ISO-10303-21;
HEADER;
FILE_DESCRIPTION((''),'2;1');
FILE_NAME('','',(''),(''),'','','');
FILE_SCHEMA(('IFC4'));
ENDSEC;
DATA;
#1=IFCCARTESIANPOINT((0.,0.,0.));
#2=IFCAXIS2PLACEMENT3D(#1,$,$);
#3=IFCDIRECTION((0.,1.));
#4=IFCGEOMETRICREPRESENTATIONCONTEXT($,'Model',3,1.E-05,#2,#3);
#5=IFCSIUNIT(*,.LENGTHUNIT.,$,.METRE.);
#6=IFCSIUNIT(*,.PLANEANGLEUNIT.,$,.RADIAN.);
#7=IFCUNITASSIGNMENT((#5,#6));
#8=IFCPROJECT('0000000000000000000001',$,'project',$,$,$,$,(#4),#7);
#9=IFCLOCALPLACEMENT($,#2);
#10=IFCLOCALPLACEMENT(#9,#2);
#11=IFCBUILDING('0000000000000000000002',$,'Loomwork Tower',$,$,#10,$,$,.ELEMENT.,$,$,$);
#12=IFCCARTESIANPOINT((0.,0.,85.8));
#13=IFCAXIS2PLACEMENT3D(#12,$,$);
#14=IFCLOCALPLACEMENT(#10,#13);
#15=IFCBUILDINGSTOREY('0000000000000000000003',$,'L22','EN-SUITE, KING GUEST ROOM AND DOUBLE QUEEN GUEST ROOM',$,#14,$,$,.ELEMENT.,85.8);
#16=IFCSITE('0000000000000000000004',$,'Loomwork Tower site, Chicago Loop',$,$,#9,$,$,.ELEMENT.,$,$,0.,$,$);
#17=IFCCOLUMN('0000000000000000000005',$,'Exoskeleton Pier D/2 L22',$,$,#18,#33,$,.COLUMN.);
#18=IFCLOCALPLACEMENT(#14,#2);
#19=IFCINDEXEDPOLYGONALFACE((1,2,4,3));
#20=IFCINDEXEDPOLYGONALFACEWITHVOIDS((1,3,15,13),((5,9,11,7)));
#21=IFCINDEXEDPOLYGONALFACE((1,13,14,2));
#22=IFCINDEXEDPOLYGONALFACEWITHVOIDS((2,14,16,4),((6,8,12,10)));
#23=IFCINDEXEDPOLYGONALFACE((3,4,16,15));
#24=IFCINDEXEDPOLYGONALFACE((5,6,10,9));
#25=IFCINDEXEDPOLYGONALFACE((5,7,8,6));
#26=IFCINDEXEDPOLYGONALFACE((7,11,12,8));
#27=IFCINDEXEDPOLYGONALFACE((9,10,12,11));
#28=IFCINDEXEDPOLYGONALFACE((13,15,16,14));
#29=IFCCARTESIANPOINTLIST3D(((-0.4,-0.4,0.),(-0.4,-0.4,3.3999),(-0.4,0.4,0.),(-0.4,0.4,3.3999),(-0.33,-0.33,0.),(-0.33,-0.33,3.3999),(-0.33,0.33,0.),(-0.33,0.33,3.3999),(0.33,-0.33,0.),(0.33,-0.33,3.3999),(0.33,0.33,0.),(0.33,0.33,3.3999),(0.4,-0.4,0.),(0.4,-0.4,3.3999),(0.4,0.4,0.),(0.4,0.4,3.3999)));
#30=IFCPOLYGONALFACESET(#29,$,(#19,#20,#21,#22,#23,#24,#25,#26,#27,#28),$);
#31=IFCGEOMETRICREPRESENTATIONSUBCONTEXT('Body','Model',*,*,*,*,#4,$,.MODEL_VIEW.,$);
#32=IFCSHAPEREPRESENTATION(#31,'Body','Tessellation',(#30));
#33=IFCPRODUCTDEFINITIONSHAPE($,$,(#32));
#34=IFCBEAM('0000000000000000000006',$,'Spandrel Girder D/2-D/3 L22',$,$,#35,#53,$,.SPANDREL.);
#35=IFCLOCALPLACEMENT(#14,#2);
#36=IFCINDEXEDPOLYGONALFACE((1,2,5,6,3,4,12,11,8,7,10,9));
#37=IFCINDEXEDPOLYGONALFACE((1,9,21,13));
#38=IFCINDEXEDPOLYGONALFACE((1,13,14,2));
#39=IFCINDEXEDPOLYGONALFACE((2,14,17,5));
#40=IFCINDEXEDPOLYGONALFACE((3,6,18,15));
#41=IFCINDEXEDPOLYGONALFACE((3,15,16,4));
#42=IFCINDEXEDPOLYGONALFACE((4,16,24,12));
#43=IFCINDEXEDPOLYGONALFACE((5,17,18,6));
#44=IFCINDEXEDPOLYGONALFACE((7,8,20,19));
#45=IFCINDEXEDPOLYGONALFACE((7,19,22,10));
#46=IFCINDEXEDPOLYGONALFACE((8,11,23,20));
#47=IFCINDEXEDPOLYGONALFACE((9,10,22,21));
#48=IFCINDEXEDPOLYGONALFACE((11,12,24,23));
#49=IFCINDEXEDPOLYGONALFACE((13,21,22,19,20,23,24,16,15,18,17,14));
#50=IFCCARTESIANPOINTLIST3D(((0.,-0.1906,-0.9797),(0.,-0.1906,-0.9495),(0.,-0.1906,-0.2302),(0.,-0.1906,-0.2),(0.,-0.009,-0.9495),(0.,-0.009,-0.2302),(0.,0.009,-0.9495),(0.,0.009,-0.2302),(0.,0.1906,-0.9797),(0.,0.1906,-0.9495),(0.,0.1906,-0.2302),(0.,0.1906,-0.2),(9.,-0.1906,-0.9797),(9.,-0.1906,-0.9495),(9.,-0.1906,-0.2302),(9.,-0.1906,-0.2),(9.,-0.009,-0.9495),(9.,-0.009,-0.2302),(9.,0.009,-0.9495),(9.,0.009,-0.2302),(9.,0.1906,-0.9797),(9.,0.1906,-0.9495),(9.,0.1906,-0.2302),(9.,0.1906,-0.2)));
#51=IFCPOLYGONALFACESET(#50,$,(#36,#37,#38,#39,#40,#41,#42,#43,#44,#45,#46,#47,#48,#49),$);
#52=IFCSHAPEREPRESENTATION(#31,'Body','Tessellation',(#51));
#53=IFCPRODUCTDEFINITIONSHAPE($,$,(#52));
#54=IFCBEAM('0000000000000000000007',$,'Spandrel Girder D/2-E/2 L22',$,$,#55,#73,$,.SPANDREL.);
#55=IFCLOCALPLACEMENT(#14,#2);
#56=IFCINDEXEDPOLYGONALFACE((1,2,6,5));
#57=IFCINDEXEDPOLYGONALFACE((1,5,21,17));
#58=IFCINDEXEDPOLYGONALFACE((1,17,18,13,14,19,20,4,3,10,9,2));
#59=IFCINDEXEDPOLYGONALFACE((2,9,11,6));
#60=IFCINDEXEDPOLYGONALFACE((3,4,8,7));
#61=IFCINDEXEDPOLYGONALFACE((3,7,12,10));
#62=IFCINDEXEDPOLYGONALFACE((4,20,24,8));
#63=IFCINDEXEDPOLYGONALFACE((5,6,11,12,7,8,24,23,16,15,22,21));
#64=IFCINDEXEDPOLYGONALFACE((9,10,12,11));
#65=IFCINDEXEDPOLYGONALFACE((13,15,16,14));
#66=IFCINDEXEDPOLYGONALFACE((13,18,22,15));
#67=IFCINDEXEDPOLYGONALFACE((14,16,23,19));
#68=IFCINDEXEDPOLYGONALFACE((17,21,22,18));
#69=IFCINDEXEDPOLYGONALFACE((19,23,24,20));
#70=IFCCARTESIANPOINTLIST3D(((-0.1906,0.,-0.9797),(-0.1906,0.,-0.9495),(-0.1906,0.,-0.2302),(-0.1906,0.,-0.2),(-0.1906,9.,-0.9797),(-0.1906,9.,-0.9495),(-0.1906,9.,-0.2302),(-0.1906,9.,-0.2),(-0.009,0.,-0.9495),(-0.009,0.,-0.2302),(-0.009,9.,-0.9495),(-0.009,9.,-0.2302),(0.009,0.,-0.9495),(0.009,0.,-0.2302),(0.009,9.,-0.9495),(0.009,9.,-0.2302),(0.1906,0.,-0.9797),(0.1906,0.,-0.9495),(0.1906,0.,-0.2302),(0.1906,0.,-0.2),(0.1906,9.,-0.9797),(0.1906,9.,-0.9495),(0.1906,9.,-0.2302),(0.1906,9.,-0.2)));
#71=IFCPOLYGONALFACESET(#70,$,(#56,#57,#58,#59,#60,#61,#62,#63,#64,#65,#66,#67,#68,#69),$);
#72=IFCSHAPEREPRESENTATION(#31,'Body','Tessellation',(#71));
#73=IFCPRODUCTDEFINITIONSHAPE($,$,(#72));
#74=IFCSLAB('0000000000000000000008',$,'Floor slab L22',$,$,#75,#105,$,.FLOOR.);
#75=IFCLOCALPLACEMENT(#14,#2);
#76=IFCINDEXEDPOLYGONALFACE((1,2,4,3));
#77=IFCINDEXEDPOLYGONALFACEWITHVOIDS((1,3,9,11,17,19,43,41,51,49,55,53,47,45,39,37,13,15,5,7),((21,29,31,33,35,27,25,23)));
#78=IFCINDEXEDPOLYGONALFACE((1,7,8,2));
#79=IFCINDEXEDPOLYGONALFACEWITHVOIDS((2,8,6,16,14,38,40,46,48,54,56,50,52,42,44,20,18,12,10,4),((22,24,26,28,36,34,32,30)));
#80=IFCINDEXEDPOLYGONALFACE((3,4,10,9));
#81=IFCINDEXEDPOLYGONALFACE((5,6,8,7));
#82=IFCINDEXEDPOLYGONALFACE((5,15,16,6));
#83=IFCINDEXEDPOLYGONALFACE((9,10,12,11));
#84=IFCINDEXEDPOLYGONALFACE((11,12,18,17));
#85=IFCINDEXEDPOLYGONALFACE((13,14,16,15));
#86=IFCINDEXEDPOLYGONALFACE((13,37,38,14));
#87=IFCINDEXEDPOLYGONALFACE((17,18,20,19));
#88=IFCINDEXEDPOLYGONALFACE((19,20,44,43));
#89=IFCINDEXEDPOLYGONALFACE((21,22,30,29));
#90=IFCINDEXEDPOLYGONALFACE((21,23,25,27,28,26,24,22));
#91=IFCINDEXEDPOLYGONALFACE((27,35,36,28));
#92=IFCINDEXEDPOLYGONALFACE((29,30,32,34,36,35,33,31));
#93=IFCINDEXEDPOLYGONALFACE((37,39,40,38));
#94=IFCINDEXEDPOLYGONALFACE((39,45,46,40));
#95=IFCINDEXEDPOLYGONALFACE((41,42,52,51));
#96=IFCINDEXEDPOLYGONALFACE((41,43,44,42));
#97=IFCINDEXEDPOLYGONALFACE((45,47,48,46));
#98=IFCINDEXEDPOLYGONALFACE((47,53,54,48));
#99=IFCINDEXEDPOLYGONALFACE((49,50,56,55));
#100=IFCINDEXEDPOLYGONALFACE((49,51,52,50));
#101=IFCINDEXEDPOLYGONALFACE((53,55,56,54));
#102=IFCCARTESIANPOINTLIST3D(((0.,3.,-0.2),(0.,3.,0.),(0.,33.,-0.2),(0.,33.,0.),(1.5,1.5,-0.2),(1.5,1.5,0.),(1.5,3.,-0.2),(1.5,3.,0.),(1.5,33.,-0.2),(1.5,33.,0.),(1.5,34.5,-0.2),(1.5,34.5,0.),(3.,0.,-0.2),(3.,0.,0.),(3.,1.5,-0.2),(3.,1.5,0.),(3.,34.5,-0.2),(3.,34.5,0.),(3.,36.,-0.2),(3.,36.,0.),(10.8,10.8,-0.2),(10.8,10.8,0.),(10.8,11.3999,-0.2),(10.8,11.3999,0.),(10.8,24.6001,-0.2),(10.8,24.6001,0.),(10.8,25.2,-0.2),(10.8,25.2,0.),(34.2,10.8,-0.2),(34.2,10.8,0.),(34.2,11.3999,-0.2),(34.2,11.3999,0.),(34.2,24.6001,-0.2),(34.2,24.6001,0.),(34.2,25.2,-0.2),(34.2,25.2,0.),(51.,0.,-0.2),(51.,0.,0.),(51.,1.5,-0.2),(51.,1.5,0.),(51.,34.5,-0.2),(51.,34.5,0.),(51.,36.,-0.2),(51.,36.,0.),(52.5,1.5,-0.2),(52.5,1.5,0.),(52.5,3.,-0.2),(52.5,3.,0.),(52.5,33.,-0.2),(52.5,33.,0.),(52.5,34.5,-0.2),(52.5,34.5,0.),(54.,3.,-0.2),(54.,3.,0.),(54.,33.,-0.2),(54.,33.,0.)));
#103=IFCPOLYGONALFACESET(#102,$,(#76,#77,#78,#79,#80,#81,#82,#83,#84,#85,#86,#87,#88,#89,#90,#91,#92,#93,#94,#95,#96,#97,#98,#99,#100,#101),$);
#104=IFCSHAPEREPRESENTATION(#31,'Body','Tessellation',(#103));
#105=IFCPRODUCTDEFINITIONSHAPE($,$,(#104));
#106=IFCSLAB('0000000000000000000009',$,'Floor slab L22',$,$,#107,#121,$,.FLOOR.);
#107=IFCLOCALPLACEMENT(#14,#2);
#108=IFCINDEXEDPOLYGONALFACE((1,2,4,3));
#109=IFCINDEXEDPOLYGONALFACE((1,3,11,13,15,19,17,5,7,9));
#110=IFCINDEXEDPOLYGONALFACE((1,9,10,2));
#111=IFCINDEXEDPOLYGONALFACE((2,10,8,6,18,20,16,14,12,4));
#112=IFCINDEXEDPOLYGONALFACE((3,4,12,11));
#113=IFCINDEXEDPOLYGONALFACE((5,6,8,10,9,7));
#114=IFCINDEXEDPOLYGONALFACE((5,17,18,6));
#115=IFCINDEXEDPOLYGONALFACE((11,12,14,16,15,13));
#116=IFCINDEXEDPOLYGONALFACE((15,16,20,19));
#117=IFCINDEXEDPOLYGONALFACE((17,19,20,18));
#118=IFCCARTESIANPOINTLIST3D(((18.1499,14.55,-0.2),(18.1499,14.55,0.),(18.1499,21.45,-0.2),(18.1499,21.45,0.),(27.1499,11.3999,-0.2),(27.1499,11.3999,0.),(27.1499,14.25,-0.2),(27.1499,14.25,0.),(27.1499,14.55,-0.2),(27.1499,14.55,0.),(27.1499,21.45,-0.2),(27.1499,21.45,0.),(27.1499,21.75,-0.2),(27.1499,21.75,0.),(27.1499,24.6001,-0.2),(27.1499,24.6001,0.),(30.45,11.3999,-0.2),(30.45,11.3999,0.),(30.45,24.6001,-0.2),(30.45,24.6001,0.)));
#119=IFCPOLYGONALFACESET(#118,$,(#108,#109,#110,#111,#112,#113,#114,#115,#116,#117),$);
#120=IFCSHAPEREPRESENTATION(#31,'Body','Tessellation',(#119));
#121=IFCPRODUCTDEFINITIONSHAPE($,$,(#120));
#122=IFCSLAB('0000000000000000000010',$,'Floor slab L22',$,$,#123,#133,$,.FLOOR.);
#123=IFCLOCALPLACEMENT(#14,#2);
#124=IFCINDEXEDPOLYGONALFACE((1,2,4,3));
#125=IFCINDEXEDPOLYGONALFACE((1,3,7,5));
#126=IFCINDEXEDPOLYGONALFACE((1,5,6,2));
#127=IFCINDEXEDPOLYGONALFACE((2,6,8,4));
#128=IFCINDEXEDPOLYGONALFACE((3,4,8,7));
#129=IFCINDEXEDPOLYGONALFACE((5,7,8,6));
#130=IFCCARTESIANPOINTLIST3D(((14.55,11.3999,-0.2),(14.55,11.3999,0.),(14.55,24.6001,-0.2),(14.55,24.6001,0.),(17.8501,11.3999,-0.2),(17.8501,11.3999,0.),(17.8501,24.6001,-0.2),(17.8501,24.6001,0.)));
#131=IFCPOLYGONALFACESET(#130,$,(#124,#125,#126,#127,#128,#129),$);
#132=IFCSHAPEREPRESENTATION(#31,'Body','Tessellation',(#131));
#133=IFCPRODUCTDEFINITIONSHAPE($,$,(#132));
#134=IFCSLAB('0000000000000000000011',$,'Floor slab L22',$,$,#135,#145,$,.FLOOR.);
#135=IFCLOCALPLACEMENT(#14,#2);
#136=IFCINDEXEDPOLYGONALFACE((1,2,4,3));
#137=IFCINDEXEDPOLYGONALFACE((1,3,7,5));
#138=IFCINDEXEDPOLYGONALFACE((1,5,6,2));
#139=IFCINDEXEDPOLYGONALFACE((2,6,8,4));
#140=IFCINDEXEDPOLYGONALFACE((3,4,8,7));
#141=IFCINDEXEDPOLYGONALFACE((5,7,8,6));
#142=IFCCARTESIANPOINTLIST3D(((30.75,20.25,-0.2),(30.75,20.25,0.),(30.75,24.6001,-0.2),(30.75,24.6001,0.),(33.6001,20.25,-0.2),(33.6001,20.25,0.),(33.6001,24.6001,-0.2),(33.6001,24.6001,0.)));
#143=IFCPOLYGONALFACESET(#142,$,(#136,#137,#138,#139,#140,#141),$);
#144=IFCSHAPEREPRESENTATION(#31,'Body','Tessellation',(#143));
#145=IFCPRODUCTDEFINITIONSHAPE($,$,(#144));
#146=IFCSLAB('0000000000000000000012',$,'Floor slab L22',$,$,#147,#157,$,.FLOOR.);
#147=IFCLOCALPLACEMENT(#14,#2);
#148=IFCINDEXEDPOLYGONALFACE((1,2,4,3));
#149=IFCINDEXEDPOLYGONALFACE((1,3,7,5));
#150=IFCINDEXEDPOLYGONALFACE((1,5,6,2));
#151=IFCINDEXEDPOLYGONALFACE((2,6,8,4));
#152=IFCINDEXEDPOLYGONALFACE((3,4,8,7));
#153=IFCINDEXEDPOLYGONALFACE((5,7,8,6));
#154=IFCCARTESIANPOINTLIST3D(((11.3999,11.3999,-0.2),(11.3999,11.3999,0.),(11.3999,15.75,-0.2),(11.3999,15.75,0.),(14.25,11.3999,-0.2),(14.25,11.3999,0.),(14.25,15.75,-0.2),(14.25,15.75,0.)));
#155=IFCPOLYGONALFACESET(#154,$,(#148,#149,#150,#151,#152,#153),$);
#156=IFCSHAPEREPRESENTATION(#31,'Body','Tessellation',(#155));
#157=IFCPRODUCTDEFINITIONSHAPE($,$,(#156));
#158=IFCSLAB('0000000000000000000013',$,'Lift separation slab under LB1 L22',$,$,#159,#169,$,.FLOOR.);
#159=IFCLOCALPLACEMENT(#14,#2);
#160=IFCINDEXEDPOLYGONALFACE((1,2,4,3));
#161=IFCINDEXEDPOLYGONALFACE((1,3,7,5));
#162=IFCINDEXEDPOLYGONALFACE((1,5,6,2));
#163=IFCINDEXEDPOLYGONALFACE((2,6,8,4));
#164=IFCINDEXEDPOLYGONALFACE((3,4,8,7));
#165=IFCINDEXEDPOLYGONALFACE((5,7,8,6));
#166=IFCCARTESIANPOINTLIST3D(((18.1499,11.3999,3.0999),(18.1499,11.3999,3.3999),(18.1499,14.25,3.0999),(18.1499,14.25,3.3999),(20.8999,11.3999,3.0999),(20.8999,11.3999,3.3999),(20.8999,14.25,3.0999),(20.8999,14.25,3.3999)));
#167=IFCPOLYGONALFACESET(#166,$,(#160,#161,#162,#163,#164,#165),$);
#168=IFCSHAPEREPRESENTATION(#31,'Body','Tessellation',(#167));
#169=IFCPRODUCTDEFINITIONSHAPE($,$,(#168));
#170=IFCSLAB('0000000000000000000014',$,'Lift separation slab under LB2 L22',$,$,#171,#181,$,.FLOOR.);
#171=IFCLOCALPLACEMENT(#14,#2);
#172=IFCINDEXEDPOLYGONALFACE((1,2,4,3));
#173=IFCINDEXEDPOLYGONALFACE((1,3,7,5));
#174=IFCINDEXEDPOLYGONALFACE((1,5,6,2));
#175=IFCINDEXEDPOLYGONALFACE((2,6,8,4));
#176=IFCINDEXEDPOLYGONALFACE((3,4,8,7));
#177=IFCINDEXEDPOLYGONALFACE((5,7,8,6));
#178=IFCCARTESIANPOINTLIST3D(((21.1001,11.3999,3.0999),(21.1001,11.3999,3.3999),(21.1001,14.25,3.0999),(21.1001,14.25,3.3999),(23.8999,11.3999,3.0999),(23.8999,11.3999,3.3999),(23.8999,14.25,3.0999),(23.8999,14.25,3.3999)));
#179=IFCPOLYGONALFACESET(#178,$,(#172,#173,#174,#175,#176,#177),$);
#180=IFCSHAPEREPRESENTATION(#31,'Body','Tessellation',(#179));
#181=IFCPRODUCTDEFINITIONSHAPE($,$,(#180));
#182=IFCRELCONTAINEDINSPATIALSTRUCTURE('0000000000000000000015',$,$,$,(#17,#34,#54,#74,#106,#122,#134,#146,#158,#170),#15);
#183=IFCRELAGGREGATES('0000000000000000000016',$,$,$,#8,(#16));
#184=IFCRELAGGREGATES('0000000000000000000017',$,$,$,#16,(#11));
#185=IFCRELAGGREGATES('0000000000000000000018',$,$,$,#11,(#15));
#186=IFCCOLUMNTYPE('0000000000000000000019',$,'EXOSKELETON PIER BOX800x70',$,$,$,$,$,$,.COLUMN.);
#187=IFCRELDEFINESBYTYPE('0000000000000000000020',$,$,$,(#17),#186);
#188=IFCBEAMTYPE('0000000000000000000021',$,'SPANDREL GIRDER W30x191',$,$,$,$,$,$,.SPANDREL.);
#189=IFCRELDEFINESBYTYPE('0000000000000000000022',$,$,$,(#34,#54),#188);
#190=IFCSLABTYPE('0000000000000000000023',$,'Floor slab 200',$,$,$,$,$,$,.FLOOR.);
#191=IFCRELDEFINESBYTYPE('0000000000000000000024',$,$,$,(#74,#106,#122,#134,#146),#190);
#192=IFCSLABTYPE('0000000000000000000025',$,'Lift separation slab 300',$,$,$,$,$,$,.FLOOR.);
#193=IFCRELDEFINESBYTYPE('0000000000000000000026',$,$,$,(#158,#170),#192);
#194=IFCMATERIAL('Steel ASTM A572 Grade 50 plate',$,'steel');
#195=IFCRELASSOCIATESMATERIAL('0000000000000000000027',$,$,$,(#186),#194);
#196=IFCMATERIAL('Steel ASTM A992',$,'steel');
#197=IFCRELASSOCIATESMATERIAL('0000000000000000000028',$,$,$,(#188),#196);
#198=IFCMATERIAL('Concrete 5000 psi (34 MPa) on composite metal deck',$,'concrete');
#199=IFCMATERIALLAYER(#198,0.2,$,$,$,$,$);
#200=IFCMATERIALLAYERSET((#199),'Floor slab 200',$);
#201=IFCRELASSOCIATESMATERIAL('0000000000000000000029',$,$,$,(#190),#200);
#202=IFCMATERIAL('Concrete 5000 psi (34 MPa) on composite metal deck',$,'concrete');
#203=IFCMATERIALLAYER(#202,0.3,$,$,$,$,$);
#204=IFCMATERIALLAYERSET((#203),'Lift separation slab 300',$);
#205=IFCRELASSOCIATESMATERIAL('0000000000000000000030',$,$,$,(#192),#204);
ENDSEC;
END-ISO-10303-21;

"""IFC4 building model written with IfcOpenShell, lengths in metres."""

from ifc_helpers import new_model, si_unit, direction, frame, origin, origin_with_axes, origin_2d, place, context, subcontext, project, spatial, polyline, hollow_rectangle, i_section, outline, extrude, material, layer, layer_set, material_profile, profile_set, type_object, element, save


model = new_model("IFC4")

# Units and contexts
model_context = context("Model", 3, precision=1e-05, world=origin(), true_north=direction((0.0, 1.0)))
body_context = subcontext(model_context, "Body", "Model", "MODEL_VIEW")
ifc_project = project(units=[si_unit("LENGTHUNIT", "METRE"), si_unit("PLANEANGLEUNIT", "RADIAN")], contexts=[model_context])

# Site, building, storey
site_placement = place(None, origin())
site = spatial("IfcSite", under=ifc_project, at=site_placement, Name="Loomwork Tower site, Chicago Loop", CompositionType="ELEMENT", RefElevation=0.0)
building_placement = place(site_placement, origin())
building = spatial("IfcBuilding", under=site, at=building_placement, Name="Loomwork Tower", CompositionType="ELEMENT")
storey_placement = place(building_placement, frame((0.0, 0.0, 85.8)))
storey = spatial("IfcBuildingStorey", under=building, at=storey_placement, Name="L22", Description="EN-SUITE, KING GUEST ROOM AND DOUBLE QUEEN GUEST ROOM", CompositionType="ELEMENT", Elevation=85.8)

# Column
ifc_material_1 = material(Name="Steel ASTM A572 Grade 50 plate", Category="steel")
ifc_material_profile_1 = material_profile(ifc_material_1, hollow_rectangle(XDim=0.8, YDim=0.8, WallThickness=0.0701, at=origin_2d()), Name="BOX800x70")
ifc_profile_set_1 = profile_set([ifc_material_profile_1], Name="Steel ASTM A572 Grade 50 plate")
column_type = type_object("IfcColumnType", Name="EXOSKELETON PIER BOX800x70", PredefinedType="COLUMN", material=ifc_profile_set_1)
column_placement = place(storey_placement, origin_with_axes())
element("IfcColumn", 1, at=column_placement, inside=storey, type_object=column_type, Name="Exoskeleton Pier D/2 L22", PredefinedType="COLUMN", context=body_context, shape_type="SweptSolid", body=[
    extrude(hollow_rectangle(XDim=0.8, YDim=0.8, WallThickness=0.0701, at=origin_2d()), origin(), (0.0, 0.0, 1.0), 3.3999),
])

# Beams
ifc_material_2 = material(Name="Steel ASTM A992", Category="steel")
ifc_material_profile_2 = material_profile(ifc_material_2, i_section(OverallWidth=0.3811, OverallDepth=0.7798, WebThickness=0.0181, FlangeThickness=0.0303, at=origin_2d()), Name="W30x191")
ifc_profile_set_2 = profile_set([ifc_material_profile_2], Name="Steel ASTM A992")
beam_type = type_object("IfcBeamType", Name="SPANDREL GIRDER W30x191", PredefinedType="SPANDREL", material=ifc_profile_set_2)
for number, where, z_axis, x_axis, name in (
    (2, (0.0, 0.0, -0.5898), (1.0, 0.0, 0.0), (0.0, 1.0, 0.0), "Spandrel Girder D/2-D/3 L22"),
    (3, (0.0, 0.0, -0.5898), (0.0, 1.0, 0.0), (-1.0, 0.0, 0.0), "Spandrel Girder D/2-E/2 L22"),
):
    element("IfcBeam", number, at=place(storey_placement, frame(where, z_axis=z_axis, x_axis=x_axis)), inside=storey, type_object=beam_type, Name=name, PredefinedType="SPANDREL", context=body_context, shape_type="SweptSolid", body=[
        extrude(i_section(OverallWidth=0.3811, OverallDepth=0.7798, WebThickness=0.0181, FlangeThickness=0.0303, at=origin_2d()), origin(), (0.0, 0.0, 1.0), 9.0),
    ])

# Slabs
ifc_material_3 = material(Name="Concrete 5000 psi (34 MPa) on composite metal deck", Category="concrete")
ifc_layer_1 = layer(ifc_material_3, 0.2)
ifc_layer_set_1 = layer_set([ifc_layer_1], Name="Floor slab 200")
slab_type_1 = type_object("IfcSlabType", Name="Floor slab 200", PredefinedType="FLOOR", material=ifc_layer_set_1)
slab_1_placement = place(storey_placement, frame((0.0, 0.0, -0.2)))
element("IfcSlab", 4, at=slab_1_placement, inside=storey, type_object=slab_type_1, Name="Floor slab L22", PredefinedType="FLOOR", context=body_context, shape_type="SweptSolid", body=[
    extrude(outline(polyline([(3.0, 1.5), (1.5, 1.5), (1.5, 3.0), (0.0, 3.0), (0.0, 33.0), (1.5, 33.0), (1.5, 34.5), (3.0, 34.5), (3.0, 36.0), (51.0, 36.0), (51.0, 34.5), (52.5, 34.5), (52.5, 33.0), (54.0, 33.0), (54.0, 3.0), (52.5, 3.0), (52.5, 1.5), (51.0, 1.5), (51.0, 0.0), (3.0, 0.0), (3.0, 1.5)]), holes=[polyline([(10.8, 11.3999), (10.8, 11.3999), (10.8, 10.8), (34.2, 10.8), (34.2, 11.3999), (34.2, 11.3999), (34.2, 24.6001), (34.2, 25.2), (10.8, 25.2), (10.8, 24.6001), (10.8, 11.3999)])]), origin(), (0.0, 0.0, 1.0), 0.2),
])
slab_2_placement = place(storey_placement, frame((0.0, 0.0, -0.2)))
element("IfcSlab", 5, at=slab_2_placement, inside=storey, type_object=slab_type_1, Name="Floor slab L22", PredefinedType="FLOOR", context=body_context, shape_type="SweptSolid", body=[
    extrude(outline(polyline([(30.45, 24.6001), (30.45, 11.3999), (27.1499, 11.3999), (27.1499, 14.25), (27.1499, 14.55), (18.1499, 14.55), (18.1499, 21.45), (27.1499, 21.45), (27.1499, 21.75), (27.1499, 24.6001), (30.45, 24.6001)])), origin(), (0.0, 0.0, 1.0), 0.2),
])
slab_3_placement = place(storey_placement, frame((0.0, 0.0, -0.2)))
element("IfcSlab", 6, at=slab_3_placement, inside=storey, type_object=slab_type_1, Name="Floor slab L22", PredefinedType="FLOOR", context=body_context, shape_type="SweptSolid", body=[
    extrude(outline(polyline([(14.55, 11.3999), (14.55, 24.6001), (17.8501, 24.6001), (17.8501, 11.3999), (14.55, 11.3999)])), origin(), (0.0, 0.0, 1.0), 0.2),
])
slab_4_placement = place(storey_placement, frame((0.0, 0.0, -0.2)))
element("IfcSlab", 7, at=slab_4_placement, inside=storey, type_object=slab_type_1, Name="Floor slab L22", PredefinedType="FLOOR", context=body_context, shape_type="SweptSolid", body=[
    extrude(outline(polyline([(33.6001, 20.25), (30.75, 20.25), (30.75, 24.6001), (33.6001, 24.6001), (33.6001, 20.25)])), origin(), (0.0, 0.0, 1.0), 0.2),
])
slab_5_placement = place(storey_placement, frame((0.0, 0.0, -0.2)))
element("IfcSlab", 8, at=slab_5_placement, inside=storey, type_object=slab_type_1, Name="Floor slab L22", PredefinedType="FLOOR", context=body_context, shape_type="SweptSolid", body=[
    extrude(outline(polyline([(14.25, 15.75), (14.25, 11.3999), (11.3999, 11.3999), (11.3999, 15.75), (14.25, 15.75)])), origin(), (0.0, 0.0, 1.0), 0.2),
])
ifc_material_4 = material(Name="Concrete 5000 psi (34 MPa) on composite metal deck", Category="concrete")
ifc_layer_2 = layer(ifc_material_4, 0.3)
ifc_layer_set_2 = layer_set([ifc_layer_2], Name="Lift separation slab 300")
slab_type_2 = type_object("IfcSlabType", Name="Lift separation slab 300", PredefinedType="FLOOR", material=ifc_layer_set_2)
slab_6_placement = place(storey_placement, frame((0.0, 0.0, 3.0999)))
element("IfcSlab", 9, at=slab_6_placement, inside=storey, type_object=slab_type_2, Name="Lift separation slab under LB1 L22", PredefinedType="FLOOR", context=body_context, shape_type="SweptSolid", body=[
    extrude(outline(polyline([(18.1499, 11.3999), (20.8999, 11.3999), (20.8999, 14.25), (18.1499, 14.25), (18.1499, 11.3999)])), origin(), (0.0, 0.0, 1.0), 0.3),
])
slab_7_placement = place(storey_placement, frame((0.0, 0.0, 3.0999)))
element("IfcSlab", 10, at=slab_7_placement, inside=storey, type_object=slab_type_2, Name="Lift separation slab under LB2 L22", PredefinedType="FLOOR", context=body_context, shape_type="SweptSolid", body=[
    extrude(outline(polyline([(21.1001, 11.3999), (23.8999, 11.3999), (23.8999, 14.25), (21.1001, 14.25), (21.1001, 11.3999)])), origin(), (0.0, 0.0, 1.0), 0.3),
])

save(model, "model.ifc")
